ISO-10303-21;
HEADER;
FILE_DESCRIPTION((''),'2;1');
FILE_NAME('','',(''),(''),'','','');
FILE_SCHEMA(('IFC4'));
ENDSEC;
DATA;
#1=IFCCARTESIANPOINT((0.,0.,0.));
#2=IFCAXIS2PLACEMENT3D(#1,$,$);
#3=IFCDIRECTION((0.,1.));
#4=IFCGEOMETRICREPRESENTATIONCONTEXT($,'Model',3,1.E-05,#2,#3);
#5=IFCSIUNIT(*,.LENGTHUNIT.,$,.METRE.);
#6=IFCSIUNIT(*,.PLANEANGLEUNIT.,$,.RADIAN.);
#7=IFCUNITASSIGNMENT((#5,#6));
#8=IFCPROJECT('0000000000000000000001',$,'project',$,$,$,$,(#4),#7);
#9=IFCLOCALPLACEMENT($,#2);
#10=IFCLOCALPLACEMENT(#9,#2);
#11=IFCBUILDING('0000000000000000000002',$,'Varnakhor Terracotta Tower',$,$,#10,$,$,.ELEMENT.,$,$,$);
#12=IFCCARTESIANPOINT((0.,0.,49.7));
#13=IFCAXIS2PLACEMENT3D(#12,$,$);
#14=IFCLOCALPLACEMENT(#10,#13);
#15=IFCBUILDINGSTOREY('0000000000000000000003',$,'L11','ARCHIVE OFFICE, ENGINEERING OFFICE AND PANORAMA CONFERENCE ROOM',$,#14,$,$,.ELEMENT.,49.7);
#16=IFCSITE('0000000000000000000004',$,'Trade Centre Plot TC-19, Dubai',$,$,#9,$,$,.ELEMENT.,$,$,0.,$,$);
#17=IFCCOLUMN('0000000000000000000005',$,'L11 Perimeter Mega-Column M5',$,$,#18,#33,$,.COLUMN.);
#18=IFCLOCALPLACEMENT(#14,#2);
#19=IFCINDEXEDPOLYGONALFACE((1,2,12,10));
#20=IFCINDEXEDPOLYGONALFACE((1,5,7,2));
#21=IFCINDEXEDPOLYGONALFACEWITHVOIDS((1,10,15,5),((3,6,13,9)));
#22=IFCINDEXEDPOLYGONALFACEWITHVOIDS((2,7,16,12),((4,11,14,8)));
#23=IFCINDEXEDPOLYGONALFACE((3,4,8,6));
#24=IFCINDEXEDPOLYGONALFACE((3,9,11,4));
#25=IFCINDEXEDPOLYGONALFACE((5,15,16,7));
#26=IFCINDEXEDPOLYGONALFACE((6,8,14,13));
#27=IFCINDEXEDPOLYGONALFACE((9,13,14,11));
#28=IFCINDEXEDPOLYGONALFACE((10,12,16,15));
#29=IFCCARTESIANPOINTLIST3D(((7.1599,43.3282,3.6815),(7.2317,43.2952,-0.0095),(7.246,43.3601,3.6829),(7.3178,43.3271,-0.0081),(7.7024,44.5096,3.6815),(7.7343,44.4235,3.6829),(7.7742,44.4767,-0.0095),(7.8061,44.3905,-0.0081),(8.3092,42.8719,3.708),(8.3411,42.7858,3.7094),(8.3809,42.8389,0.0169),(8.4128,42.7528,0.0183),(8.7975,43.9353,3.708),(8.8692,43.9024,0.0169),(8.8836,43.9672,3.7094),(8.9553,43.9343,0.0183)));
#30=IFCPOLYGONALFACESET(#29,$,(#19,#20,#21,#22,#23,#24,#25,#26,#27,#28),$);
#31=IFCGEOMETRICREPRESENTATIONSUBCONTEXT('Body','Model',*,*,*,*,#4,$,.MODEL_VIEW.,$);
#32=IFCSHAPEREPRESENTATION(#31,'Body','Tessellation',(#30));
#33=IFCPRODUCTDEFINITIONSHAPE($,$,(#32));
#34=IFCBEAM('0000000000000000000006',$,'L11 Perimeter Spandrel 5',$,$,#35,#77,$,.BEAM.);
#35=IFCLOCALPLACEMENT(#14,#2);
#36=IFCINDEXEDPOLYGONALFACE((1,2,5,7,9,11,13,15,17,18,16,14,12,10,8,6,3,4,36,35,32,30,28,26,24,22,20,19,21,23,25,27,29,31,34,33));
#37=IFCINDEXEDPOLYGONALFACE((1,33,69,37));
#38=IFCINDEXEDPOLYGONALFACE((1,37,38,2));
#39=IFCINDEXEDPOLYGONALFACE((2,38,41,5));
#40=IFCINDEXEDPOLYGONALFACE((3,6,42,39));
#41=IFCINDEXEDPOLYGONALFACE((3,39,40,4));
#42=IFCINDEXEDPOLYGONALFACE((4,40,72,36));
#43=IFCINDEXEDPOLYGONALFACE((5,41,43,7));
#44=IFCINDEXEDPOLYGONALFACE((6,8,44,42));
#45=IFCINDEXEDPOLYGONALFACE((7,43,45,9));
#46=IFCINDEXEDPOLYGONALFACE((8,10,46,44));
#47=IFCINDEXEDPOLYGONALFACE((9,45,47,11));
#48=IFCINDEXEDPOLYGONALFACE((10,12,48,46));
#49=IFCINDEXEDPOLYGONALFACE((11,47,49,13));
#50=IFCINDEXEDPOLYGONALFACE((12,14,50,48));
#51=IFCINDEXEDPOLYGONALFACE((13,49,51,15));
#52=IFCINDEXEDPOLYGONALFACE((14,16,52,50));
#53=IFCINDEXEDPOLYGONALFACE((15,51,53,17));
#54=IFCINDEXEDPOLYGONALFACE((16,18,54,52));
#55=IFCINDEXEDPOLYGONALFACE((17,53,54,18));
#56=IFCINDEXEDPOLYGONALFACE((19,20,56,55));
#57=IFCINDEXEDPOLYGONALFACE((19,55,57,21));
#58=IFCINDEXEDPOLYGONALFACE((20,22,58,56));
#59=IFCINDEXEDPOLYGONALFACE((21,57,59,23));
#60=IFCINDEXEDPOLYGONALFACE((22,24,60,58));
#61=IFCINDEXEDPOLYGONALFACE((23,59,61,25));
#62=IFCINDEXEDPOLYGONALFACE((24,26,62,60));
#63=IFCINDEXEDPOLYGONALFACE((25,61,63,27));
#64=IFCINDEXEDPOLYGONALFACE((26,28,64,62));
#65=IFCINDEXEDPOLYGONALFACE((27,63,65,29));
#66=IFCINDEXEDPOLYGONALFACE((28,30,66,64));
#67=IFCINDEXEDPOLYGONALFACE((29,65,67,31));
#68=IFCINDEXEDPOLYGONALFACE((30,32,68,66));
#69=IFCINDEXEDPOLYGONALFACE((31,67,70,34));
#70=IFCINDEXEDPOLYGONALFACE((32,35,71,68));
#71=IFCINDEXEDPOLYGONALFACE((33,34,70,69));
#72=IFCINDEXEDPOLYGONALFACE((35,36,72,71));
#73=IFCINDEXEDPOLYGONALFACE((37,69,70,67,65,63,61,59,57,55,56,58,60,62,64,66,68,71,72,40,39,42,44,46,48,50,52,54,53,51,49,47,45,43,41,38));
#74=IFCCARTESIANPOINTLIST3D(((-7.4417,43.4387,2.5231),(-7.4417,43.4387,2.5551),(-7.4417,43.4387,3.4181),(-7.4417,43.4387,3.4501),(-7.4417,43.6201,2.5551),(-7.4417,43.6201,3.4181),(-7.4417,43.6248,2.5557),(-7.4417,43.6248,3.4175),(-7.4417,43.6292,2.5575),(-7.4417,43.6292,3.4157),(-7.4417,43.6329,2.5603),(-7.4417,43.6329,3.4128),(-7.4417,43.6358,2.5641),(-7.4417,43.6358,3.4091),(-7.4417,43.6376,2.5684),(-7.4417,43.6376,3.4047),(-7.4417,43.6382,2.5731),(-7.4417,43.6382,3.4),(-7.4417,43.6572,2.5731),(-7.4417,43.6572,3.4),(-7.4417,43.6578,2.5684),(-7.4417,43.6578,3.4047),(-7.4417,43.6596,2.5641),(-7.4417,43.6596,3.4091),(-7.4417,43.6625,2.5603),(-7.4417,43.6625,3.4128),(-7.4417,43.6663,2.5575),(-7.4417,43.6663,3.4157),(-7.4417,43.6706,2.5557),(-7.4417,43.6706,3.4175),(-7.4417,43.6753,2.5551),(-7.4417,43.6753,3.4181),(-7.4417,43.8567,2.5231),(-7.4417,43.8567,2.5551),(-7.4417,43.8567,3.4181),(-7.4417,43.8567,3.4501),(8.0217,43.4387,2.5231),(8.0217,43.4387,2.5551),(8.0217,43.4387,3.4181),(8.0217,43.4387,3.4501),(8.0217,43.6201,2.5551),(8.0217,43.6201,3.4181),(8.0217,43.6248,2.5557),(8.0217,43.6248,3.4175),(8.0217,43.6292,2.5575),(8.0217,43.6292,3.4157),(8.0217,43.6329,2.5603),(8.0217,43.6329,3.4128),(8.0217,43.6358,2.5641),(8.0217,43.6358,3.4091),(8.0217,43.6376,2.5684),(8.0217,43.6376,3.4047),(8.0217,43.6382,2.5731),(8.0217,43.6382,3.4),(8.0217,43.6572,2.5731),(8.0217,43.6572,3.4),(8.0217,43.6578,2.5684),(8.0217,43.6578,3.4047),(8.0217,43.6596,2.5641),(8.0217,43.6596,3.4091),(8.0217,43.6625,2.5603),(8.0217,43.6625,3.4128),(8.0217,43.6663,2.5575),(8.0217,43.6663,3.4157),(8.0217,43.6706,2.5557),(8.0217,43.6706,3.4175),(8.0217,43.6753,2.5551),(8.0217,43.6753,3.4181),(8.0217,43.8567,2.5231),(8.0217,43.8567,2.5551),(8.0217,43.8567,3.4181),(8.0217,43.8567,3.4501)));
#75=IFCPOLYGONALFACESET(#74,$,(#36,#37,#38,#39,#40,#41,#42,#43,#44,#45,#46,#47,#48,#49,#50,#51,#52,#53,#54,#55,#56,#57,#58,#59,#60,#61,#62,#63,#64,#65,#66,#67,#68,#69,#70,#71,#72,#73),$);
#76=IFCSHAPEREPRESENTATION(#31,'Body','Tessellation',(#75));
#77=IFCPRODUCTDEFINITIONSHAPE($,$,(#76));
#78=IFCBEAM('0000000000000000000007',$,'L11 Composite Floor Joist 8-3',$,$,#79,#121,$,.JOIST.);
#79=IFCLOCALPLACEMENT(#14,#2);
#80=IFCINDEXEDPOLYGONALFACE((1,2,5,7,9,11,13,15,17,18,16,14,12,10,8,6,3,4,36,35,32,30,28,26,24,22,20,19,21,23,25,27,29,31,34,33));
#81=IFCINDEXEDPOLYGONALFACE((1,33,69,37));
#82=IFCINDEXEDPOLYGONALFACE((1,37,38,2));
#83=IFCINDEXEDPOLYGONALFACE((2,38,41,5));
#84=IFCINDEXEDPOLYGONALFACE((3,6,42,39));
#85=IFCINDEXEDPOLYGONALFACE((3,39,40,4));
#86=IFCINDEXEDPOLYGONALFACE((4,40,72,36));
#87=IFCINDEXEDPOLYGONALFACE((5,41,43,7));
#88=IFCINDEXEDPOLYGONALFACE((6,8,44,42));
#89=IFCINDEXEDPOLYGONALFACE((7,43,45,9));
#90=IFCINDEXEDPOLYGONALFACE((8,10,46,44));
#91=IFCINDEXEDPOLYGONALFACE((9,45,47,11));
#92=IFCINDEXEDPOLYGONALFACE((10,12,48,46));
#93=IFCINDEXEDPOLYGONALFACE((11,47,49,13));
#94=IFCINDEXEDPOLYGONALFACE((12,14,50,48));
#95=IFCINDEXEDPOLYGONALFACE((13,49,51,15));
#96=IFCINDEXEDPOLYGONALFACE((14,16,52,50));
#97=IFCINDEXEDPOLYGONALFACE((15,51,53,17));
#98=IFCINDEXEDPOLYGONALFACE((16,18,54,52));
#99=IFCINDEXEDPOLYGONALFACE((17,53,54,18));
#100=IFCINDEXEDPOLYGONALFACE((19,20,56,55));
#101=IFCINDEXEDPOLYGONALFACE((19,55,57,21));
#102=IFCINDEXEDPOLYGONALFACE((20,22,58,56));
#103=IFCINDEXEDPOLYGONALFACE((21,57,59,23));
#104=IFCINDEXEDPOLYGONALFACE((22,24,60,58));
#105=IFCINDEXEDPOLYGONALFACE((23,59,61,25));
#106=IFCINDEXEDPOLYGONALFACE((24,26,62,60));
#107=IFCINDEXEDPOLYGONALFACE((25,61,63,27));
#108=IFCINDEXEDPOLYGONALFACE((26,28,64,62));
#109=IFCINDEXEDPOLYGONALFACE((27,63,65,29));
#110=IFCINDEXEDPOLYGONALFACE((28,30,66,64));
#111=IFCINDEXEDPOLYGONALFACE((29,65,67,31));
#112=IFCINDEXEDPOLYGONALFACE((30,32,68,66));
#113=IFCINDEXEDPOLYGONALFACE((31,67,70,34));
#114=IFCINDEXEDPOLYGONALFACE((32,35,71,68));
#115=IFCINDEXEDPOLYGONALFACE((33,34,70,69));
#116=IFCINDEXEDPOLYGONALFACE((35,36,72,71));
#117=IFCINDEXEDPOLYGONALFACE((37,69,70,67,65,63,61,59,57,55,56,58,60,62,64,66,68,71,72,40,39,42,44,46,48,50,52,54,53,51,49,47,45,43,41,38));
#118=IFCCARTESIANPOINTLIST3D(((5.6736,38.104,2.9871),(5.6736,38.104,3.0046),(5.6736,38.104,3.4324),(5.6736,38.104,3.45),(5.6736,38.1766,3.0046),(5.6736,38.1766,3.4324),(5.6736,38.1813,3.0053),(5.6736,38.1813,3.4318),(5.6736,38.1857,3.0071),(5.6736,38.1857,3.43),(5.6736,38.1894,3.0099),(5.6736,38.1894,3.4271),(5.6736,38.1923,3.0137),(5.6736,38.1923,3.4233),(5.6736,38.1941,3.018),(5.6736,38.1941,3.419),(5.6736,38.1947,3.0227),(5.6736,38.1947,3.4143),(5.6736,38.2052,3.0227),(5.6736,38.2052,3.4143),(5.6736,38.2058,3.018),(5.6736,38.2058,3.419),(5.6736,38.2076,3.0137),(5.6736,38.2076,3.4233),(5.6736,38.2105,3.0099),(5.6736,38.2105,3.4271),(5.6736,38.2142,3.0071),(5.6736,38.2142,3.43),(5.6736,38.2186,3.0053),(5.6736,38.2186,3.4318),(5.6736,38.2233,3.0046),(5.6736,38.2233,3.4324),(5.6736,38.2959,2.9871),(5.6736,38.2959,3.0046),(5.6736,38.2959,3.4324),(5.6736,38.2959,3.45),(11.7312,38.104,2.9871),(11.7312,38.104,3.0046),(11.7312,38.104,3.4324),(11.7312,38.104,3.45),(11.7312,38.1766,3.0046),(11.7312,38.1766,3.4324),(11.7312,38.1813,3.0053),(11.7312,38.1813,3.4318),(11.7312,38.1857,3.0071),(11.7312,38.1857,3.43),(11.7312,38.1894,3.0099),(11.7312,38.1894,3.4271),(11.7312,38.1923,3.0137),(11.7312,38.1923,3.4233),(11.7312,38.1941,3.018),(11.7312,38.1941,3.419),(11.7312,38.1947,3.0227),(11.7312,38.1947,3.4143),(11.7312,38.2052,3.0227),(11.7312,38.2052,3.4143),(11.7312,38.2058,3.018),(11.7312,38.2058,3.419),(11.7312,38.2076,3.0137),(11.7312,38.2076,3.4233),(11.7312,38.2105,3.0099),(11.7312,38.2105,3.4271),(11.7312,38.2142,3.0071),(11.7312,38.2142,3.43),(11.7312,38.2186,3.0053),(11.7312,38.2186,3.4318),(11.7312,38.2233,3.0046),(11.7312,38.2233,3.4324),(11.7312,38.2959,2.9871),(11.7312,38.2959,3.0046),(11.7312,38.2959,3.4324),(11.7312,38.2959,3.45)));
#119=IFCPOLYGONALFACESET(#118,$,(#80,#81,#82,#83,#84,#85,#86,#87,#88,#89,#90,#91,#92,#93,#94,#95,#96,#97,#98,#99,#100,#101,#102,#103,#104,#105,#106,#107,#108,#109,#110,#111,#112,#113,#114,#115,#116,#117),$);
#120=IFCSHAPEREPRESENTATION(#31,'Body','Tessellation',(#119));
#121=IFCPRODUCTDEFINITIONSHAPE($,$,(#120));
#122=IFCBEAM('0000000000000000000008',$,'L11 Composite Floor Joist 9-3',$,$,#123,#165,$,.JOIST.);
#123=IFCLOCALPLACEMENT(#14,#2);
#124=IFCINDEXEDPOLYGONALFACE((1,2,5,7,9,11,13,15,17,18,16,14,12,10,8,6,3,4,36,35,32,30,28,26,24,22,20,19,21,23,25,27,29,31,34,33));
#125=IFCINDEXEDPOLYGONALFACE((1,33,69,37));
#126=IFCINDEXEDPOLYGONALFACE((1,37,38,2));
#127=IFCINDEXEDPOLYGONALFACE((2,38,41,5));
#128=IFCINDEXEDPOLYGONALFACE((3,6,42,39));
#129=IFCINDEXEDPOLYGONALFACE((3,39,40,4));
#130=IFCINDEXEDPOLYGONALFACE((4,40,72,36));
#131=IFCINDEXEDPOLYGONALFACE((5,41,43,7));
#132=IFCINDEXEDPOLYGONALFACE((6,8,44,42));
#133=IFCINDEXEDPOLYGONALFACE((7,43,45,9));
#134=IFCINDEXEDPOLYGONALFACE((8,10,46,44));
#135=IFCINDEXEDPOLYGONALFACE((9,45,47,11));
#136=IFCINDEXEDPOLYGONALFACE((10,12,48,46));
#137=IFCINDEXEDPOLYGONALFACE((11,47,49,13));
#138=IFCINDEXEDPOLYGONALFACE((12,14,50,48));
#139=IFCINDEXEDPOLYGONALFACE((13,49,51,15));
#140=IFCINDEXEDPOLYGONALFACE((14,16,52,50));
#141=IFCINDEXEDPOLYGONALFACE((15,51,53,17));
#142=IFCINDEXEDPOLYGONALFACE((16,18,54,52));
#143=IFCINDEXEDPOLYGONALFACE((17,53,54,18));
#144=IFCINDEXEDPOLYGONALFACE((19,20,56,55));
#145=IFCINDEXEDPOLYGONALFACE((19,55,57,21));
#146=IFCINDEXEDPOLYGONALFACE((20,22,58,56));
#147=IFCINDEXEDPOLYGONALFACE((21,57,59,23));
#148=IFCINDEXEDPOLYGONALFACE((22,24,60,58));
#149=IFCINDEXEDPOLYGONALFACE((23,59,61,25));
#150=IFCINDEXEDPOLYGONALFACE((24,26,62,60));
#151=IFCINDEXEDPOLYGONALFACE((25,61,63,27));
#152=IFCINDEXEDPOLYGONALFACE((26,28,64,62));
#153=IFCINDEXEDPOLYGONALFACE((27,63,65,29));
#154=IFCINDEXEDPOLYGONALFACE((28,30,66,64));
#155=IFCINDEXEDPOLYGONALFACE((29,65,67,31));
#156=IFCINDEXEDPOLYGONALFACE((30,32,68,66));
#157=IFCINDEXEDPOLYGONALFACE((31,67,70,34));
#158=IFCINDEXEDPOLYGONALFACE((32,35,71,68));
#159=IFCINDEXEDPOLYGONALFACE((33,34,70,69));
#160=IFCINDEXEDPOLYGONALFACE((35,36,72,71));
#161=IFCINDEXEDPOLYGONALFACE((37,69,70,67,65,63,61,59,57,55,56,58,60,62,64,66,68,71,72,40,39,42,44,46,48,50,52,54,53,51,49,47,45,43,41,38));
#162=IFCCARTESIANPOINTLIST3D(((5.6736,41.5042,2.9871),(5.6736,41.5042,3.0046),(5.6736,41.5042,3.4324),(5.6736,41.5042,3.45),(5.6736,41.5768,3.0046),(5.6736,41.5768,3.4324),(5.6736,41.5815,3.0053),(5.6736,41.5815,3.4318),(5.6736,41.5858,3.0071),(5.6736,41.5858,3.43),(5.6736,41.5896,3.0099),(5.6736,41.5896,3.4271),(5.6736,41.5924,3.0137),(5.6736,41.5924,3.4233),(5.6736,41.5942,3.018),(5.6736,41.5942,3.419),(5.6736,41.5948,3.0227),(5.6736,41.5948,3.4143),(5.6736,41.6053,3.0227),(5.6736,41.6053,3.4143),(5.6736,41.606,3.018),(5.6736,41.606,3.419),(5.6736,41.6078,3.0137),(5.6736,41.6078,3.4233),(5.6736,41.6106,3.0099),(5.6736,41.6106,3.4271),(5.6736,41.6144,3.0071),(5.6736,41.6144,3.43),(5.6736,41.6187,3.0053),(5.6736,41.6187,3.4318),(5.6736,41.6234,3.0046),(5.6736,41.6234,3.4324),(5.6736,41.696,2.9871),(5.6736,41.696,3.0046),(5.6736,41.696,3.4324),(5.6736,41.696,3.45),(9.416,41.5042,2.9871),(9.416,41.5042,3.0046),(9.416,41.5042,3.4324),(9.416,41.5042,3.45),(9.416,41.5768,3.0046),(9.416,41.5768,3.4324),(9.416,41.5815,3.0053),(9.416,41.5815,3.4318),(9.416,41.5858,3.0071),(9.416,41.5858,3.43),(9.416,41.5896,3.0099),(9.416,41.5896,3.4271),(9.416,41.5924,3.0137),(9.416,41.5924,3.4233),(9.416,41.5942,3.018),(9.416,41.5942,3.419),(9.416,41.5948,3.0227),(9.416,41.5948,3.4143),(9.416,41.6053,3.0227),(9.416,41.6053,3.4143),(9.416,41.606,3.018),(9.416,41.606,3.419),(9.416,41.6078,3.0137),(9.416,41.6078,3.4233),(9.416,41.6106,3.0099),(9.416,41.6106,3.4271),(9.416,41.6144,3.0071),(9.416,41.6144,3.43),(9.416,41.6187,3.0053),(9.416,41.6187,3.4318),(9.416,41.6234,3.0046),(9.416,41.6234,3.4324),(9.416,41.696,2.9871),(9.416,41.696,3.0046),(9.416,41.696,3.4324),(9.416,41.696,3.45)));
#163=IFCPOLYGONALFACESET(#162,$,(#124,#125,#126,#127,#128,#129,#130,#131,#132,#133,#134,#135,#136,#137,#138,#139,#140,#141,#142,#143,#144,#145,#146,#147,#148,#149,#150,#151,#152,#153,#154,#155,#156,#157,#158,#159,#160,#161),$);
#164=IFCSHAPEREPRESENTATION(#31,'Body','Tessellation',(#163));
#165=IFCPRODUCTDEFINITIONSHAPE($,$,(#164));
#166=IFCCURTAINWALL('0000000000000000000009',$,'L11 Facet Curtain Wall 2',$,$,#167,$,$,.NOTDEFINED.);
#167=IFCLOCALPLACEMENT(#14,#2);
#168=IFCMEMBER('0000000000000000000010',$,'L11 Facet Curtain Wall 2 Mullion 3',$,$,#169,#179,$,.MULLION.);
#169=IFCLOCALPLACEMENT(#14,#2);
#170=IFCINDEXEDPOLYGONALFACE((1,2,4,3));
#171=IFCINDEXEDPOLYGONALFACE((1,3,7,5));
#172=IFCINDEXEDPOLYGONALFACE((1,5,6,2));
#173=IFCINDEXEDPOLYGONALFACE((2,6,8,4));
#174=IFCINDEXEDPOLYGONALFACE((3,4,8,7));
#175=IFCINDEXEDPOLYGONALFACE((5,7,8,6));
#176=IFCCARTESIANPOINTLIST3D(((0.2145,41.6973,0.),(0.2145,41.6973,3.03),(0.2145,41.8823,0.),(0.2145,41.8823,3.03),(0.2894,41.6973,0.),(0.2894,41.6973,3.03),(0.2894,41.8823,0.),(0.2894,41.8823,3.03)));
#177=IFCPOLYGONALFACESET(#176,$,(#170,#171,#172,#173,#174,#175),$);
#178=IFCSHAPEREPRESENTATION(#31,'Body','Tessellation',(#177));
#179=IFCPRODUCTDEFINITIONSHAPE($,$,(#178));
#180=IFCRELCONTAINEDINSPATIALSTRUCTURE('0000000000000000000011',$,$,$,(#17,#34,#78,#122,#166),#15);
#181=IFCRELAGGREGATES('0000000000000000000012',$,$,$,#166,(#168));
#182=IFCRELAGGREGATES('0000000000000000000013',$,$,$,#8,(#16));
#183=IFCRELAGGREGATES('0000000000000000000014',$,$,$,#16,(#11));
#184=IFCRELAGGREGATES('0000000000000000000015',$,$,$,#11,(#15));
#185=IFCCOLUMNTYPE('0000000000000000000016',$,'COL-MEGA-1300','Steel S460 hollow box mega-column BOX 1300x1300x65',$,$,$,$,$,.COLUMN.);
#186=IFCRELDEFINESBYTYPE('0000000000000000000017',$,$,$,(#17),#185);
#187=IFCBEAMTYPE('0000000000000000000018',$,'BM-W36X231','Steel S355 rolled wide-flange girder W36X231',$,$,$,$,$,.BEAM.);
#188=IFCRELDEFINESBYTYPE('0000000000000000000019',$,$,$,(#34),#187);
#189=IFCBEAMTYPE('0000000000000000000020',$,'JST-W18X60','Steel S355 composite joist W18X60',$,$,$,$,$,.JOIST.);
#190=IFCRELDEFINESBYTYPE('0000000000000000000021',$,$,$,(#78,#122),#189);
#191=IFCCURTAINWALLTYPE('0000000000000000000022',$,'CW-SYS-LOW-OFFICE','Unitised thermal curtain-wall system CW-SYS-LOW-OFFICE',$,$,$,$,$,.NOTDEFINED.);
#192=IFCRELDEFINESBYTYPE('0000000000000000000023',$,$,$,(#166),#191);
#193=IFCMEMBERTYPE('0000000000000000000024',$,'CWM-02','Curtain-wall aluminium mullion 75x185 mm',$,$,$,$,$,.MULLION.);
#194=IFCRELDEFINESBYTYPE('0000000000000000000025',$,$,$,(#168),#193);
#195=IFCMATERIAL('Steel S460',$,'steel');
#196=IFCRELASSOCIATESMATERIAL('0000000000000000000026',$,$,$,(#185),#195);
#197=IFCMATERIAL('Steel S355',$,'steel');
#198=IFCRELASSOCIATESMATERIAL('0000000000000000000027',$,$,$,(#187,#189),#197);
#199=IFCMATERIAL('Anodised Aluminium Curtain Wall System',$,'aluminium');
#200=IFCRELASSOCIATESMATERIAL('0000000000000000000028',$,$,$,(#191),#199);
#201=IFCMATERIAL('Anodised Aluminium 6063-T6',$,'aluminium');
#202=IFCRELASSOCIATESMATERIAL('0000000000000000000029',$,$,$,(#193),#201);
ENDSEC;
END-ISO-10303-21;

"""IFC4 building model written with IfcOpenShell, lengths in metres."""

from ifc_helpers import new_model, si_unit, direction, frame, origin, origin_2d, place, context, subcontext, project, spatial, rectangle, hollow_rectangle, i_section, extrude, source, transform, mapped, material, material_profile, profile_set, type_object, type_shapes, element, aggregate, save


model = new_model("IFC4")

# Units and contexts
model_context = context("Model", 3, precision=1e-05, world=origin(), true_north=direction((0.0, 1.0)))
body_context = subcontext(model_context, "Body", "Model", "MODEL_VIEW")
ifc_project = project(units=[si_unit("LENGTHUNIT", "METRE"), si_unit("PLANEANGLEUNIT", "RADIAN")], contexts=[model_context])

# Site, building, storey
site_placement = place(None, origin())
site = spatial("IfcSite", under=ifc_project, at=site_placement, Name="Trade Centre Plot TC-19, Dubai", CompositionType="ELEMENT", RefElevation=0.0)
building_placement = place(site_placement, origin())
building = spatial("IfcBuilding", under=site, at=building_placement, Name="Varnakhor Terracotta Tower", CompositionType="ELEMENT")
storey_placement = place(building_placement, frame((0.0, 0.0, 49.7)))
storey = spatial("IfcBuildingStorey", under=building, at=storey_placement, Name="L11", Description="ARCHIVE OFFICE, ENGINEERING OFFICE AND PANORAMA CONFERENCE ROOM", CompositionType="ELEMENT", Elevation=49.7)

# Column
ifc_material_1 = material(Name="Steel S460", Category="steel")
ifc_material_profile_1 = material_profile(ifc_material_1, hollow_rectangle(XDim=1.3, YDim=1.3, WallThickness=0.0649, at=origin_2d()), Name="BOX 1300x1300x65")
ifc_profile_set_1 = profile_set([ifc_material_profile_1], Name="Steel S460")
column_type = type_object("IfcColumnType", Name="COL-MEGA-1300", Description="Steel S460 hollow box mega-column BOX 1300x1300x65", PredefinedType="COLUMN", material=ifc_profile_set_1)
shared_shape_1 = source(origin(), body_context, "Body", "SweptSolid", [
    extrude(hollow_rectangle(XDim=1.3, YDim=1.3, WallThickness=0.0649, at=origin_2d()), origin(), (0.0, 0.0, 1.0), 3.6919),
])
type_shapes(column_type, [shared_shape_1])
column_placement = place(storey_placement, frame((8.0935, 43.6147, 0.0044), z_axis=(-0.019441, 0.008927, 0.999771), x_axis=(-0.417293, -0.908772, 0.0)))
element("IfcColumn", 1, at=column_placement, inside=storey, type_object=column_type, Name="L11 Perimeter Mega-Column M5", PredefinedType="COLUMN", context=body_context, shape_type="MappedRepresentation", body=[
    mapped(shared_shape_1, transform((0.0, 0.0, 0.0), scale=1.0)),
])

# Beams
ifc_material_2 = material(Name="Steel S355", Category="steel")
ifc_material_profile_2 = material_profile(ifc_material_2, i_section(OverallWidth=0.418, OverallDepth=0.927, WebThickness=0.019, FlangeThickness=0.032, FilletRadius=0.0181, at=origin_2d()), Name="W36X231")
ifc_profile_set_2 = profile_set([ifc_material_profile_2], Name="Steel S355")
beam_type_1 = type_object("IfcBeamType", Name="BM-W36X231", Description="Steel S355 rolled wide-flange girder W36X231", PredefinedType="BEAM", material=ifc_profile_set_2)
shared_shape_2 = source(origin(), body_context, "Body", "SweptSolid", [
    extrude(i_section(OverallWidth=0.418, OverallDepth=0.927, WebThickness=0.019, FlangeThickness=0.032, FilletRadius=0.0181, at=origin_2d()), origin(), (0.0, 0.0, 1.0), 15.4634),
])
beam_1_placement = place(storey_placement, frame((8.0217, 43.6477, 2.9866), z_axis=(-1.0, 0.0, 0.0), x_axis=(0.0, -1.0, 0.0)))
element("IfcBeam", 2, at=beam_1_placement, inside=storey, type_object=beam_type_1, Name="L11 Perimeter Spandrel 5", PredefinedType="BEAM", context=body_context, shape_type="MappedRepresentation", body=[
    mapped(shared_shape_2, transform((0.0, 0.0, 0.0), scale=1.0)),
])
ifc_material_profile_3 = material_profile(ifc_material_2, i_section(OverallWidth=0.1919, OverallDepth=0.4629, WebThickness=0.0105, FlangeThickness=0.0176, FilletRadius=0.0181, at=origin_2d()), Name="W18X60")
ifc_profile_set_3 = profile_set([ifc_material_profile_3], Name="Steel S355")
beam_type_2 = type_object("IfcBeamType", Name="JST-W18X60", Description="Steel S355 composite joist W18X60", PredefinedType="JOIST", material=ifc_profile_set_3)
shared_shape_3 = source(origin(), body_context, "Body", "SweptSolid", [
    extrude(i_section(OverallWidth=0.1919, OverallDepth=0.4629, WebThickness=0.0105, FlangeThickness=0.0176, FilletRadius=0.0181, at=origin_2d()), origin(), (0.0, 0.0, 1.0), 6.0576),
])
beam_2_placement = place(storey_placement, frame((5.6736, 38.2, 3.2185), z_axis=(1.0, 0.0, 0.0), x_axis=(0.0, 1.0, 0.0)))
element("IfcBeam", 3, at=beam_2_placement, inside=storey, type_object=beam_type_2, Name="L11 Composite Floor Joist 8-3", PredefinedType="JOIST", context=body_context, shape_type="MappedRepresentation", body=[
    mapped(shared_shape_3, transform((0.0, 0.0, 0.0), scale=1.0)),
])
shared_shape_4 = source(origin(), body_context, "Body", "SweptSolid", [
    extrude(i_section(OverallWidth=0.1919, OverallDepth=0.4629, WebThickness=0.0105, FlangeThickness=0.0176, FilletRadius=0.0181, at=origin_2d()), origin(), (0.0, 0.0, 1.0), 3.7424),
])
beam_3_placement = place(storey_placement, frame((5.6736, 41.6001, 3.2185), z_axis=(1.0, 0.0, 0.0), x_axis=(0.0, 1.0, 0.0)))
element("IfcBeam", 4, at=beam_3_placement, inside=storey, type_object=beam_type_2, Name="L11 Composite Floor Joist 9-3", PredefinedType="JOIST", context=body_context, shape_type="MappedRepresentation", body=[
    mapped(shared_shape_4, transform((0.0, 0.0, 0.0), scale=1.0)),
])

# Curtain wall, member
ifc_material_3 = material(Name="Anodised Aluminium Curtain Wall System", Category="aluminium")
curtain_wall_type = type_object("IfcCurtainWallType", Name="CW-SYS-LOW-OFFICE", Description="Unitised thermal curtain-wall system CW-SYS-LOW-OFFICE", PredefinedType="NOTDEFINED", material=ifc_material_3)
curtain_wall_1_placement = place(storey_placement, origin())
curtain_wall_1 = element("IfcCurtainWall", 5, at=curtain_wall_1_placement, inside=storey, type_object=curtain_wall_type, Name="L11 Facet Curtain Wall 2", PredefinedType="NOTDEFINED")
ifc_material_4 = material(Name="Anodised Aluminium 6063-T6", Category="aluminium")
ifc_material_profile_4 = material_profile(ifc_material_4, rectangle(XDim=0.075, YDim=0.1851, at=origin_2d()), Name="ALU MULLION 75x185")
ifc_profile_set_4 = profile_set([ifc_material_profile_4], Name="Anodised Aluminium 6063-T6")
member_type_1 = type_object("IfcMemberType", Name="CWM-02", Description="Curtain-wall aluminium mullion 75x185 mm", PredefinedType="MULLION", material=ifc_profile_set_4)
shared_shape_5 = source(origin(), body_context, "Body", "SweptSolid", [
    extrude(rectangle(XDim=0.075, YDim=0.1851, at=origin_2d()), origin(), (0.0, 0.0, 1.0), 3.03),
])
type_shapes(member_type_1, [shared_shape_5])
member_1_placement = place(storey_placement, frame((0.252, 41.7898, 0.0), z_axis=(0.0, 0.0, 1.0), x_axis=(1.0, 0.0, 0.0)))
member_1 = element("IfcMember", 6, at=member_1_placement, type_object=member_type_1, Name="L11 Facet Curtain Wall 2 Mullion 3", PredefinedType="MULLION", context=body_context, shape_type="MappedRepresentation", body=[
    mapped(shared_shape_5, transform((0.0, 0.0, 0.0), scale=1.0)),
])

aggregate(curtain_wall_1, [member_1])

save(model, "model.ifc")
